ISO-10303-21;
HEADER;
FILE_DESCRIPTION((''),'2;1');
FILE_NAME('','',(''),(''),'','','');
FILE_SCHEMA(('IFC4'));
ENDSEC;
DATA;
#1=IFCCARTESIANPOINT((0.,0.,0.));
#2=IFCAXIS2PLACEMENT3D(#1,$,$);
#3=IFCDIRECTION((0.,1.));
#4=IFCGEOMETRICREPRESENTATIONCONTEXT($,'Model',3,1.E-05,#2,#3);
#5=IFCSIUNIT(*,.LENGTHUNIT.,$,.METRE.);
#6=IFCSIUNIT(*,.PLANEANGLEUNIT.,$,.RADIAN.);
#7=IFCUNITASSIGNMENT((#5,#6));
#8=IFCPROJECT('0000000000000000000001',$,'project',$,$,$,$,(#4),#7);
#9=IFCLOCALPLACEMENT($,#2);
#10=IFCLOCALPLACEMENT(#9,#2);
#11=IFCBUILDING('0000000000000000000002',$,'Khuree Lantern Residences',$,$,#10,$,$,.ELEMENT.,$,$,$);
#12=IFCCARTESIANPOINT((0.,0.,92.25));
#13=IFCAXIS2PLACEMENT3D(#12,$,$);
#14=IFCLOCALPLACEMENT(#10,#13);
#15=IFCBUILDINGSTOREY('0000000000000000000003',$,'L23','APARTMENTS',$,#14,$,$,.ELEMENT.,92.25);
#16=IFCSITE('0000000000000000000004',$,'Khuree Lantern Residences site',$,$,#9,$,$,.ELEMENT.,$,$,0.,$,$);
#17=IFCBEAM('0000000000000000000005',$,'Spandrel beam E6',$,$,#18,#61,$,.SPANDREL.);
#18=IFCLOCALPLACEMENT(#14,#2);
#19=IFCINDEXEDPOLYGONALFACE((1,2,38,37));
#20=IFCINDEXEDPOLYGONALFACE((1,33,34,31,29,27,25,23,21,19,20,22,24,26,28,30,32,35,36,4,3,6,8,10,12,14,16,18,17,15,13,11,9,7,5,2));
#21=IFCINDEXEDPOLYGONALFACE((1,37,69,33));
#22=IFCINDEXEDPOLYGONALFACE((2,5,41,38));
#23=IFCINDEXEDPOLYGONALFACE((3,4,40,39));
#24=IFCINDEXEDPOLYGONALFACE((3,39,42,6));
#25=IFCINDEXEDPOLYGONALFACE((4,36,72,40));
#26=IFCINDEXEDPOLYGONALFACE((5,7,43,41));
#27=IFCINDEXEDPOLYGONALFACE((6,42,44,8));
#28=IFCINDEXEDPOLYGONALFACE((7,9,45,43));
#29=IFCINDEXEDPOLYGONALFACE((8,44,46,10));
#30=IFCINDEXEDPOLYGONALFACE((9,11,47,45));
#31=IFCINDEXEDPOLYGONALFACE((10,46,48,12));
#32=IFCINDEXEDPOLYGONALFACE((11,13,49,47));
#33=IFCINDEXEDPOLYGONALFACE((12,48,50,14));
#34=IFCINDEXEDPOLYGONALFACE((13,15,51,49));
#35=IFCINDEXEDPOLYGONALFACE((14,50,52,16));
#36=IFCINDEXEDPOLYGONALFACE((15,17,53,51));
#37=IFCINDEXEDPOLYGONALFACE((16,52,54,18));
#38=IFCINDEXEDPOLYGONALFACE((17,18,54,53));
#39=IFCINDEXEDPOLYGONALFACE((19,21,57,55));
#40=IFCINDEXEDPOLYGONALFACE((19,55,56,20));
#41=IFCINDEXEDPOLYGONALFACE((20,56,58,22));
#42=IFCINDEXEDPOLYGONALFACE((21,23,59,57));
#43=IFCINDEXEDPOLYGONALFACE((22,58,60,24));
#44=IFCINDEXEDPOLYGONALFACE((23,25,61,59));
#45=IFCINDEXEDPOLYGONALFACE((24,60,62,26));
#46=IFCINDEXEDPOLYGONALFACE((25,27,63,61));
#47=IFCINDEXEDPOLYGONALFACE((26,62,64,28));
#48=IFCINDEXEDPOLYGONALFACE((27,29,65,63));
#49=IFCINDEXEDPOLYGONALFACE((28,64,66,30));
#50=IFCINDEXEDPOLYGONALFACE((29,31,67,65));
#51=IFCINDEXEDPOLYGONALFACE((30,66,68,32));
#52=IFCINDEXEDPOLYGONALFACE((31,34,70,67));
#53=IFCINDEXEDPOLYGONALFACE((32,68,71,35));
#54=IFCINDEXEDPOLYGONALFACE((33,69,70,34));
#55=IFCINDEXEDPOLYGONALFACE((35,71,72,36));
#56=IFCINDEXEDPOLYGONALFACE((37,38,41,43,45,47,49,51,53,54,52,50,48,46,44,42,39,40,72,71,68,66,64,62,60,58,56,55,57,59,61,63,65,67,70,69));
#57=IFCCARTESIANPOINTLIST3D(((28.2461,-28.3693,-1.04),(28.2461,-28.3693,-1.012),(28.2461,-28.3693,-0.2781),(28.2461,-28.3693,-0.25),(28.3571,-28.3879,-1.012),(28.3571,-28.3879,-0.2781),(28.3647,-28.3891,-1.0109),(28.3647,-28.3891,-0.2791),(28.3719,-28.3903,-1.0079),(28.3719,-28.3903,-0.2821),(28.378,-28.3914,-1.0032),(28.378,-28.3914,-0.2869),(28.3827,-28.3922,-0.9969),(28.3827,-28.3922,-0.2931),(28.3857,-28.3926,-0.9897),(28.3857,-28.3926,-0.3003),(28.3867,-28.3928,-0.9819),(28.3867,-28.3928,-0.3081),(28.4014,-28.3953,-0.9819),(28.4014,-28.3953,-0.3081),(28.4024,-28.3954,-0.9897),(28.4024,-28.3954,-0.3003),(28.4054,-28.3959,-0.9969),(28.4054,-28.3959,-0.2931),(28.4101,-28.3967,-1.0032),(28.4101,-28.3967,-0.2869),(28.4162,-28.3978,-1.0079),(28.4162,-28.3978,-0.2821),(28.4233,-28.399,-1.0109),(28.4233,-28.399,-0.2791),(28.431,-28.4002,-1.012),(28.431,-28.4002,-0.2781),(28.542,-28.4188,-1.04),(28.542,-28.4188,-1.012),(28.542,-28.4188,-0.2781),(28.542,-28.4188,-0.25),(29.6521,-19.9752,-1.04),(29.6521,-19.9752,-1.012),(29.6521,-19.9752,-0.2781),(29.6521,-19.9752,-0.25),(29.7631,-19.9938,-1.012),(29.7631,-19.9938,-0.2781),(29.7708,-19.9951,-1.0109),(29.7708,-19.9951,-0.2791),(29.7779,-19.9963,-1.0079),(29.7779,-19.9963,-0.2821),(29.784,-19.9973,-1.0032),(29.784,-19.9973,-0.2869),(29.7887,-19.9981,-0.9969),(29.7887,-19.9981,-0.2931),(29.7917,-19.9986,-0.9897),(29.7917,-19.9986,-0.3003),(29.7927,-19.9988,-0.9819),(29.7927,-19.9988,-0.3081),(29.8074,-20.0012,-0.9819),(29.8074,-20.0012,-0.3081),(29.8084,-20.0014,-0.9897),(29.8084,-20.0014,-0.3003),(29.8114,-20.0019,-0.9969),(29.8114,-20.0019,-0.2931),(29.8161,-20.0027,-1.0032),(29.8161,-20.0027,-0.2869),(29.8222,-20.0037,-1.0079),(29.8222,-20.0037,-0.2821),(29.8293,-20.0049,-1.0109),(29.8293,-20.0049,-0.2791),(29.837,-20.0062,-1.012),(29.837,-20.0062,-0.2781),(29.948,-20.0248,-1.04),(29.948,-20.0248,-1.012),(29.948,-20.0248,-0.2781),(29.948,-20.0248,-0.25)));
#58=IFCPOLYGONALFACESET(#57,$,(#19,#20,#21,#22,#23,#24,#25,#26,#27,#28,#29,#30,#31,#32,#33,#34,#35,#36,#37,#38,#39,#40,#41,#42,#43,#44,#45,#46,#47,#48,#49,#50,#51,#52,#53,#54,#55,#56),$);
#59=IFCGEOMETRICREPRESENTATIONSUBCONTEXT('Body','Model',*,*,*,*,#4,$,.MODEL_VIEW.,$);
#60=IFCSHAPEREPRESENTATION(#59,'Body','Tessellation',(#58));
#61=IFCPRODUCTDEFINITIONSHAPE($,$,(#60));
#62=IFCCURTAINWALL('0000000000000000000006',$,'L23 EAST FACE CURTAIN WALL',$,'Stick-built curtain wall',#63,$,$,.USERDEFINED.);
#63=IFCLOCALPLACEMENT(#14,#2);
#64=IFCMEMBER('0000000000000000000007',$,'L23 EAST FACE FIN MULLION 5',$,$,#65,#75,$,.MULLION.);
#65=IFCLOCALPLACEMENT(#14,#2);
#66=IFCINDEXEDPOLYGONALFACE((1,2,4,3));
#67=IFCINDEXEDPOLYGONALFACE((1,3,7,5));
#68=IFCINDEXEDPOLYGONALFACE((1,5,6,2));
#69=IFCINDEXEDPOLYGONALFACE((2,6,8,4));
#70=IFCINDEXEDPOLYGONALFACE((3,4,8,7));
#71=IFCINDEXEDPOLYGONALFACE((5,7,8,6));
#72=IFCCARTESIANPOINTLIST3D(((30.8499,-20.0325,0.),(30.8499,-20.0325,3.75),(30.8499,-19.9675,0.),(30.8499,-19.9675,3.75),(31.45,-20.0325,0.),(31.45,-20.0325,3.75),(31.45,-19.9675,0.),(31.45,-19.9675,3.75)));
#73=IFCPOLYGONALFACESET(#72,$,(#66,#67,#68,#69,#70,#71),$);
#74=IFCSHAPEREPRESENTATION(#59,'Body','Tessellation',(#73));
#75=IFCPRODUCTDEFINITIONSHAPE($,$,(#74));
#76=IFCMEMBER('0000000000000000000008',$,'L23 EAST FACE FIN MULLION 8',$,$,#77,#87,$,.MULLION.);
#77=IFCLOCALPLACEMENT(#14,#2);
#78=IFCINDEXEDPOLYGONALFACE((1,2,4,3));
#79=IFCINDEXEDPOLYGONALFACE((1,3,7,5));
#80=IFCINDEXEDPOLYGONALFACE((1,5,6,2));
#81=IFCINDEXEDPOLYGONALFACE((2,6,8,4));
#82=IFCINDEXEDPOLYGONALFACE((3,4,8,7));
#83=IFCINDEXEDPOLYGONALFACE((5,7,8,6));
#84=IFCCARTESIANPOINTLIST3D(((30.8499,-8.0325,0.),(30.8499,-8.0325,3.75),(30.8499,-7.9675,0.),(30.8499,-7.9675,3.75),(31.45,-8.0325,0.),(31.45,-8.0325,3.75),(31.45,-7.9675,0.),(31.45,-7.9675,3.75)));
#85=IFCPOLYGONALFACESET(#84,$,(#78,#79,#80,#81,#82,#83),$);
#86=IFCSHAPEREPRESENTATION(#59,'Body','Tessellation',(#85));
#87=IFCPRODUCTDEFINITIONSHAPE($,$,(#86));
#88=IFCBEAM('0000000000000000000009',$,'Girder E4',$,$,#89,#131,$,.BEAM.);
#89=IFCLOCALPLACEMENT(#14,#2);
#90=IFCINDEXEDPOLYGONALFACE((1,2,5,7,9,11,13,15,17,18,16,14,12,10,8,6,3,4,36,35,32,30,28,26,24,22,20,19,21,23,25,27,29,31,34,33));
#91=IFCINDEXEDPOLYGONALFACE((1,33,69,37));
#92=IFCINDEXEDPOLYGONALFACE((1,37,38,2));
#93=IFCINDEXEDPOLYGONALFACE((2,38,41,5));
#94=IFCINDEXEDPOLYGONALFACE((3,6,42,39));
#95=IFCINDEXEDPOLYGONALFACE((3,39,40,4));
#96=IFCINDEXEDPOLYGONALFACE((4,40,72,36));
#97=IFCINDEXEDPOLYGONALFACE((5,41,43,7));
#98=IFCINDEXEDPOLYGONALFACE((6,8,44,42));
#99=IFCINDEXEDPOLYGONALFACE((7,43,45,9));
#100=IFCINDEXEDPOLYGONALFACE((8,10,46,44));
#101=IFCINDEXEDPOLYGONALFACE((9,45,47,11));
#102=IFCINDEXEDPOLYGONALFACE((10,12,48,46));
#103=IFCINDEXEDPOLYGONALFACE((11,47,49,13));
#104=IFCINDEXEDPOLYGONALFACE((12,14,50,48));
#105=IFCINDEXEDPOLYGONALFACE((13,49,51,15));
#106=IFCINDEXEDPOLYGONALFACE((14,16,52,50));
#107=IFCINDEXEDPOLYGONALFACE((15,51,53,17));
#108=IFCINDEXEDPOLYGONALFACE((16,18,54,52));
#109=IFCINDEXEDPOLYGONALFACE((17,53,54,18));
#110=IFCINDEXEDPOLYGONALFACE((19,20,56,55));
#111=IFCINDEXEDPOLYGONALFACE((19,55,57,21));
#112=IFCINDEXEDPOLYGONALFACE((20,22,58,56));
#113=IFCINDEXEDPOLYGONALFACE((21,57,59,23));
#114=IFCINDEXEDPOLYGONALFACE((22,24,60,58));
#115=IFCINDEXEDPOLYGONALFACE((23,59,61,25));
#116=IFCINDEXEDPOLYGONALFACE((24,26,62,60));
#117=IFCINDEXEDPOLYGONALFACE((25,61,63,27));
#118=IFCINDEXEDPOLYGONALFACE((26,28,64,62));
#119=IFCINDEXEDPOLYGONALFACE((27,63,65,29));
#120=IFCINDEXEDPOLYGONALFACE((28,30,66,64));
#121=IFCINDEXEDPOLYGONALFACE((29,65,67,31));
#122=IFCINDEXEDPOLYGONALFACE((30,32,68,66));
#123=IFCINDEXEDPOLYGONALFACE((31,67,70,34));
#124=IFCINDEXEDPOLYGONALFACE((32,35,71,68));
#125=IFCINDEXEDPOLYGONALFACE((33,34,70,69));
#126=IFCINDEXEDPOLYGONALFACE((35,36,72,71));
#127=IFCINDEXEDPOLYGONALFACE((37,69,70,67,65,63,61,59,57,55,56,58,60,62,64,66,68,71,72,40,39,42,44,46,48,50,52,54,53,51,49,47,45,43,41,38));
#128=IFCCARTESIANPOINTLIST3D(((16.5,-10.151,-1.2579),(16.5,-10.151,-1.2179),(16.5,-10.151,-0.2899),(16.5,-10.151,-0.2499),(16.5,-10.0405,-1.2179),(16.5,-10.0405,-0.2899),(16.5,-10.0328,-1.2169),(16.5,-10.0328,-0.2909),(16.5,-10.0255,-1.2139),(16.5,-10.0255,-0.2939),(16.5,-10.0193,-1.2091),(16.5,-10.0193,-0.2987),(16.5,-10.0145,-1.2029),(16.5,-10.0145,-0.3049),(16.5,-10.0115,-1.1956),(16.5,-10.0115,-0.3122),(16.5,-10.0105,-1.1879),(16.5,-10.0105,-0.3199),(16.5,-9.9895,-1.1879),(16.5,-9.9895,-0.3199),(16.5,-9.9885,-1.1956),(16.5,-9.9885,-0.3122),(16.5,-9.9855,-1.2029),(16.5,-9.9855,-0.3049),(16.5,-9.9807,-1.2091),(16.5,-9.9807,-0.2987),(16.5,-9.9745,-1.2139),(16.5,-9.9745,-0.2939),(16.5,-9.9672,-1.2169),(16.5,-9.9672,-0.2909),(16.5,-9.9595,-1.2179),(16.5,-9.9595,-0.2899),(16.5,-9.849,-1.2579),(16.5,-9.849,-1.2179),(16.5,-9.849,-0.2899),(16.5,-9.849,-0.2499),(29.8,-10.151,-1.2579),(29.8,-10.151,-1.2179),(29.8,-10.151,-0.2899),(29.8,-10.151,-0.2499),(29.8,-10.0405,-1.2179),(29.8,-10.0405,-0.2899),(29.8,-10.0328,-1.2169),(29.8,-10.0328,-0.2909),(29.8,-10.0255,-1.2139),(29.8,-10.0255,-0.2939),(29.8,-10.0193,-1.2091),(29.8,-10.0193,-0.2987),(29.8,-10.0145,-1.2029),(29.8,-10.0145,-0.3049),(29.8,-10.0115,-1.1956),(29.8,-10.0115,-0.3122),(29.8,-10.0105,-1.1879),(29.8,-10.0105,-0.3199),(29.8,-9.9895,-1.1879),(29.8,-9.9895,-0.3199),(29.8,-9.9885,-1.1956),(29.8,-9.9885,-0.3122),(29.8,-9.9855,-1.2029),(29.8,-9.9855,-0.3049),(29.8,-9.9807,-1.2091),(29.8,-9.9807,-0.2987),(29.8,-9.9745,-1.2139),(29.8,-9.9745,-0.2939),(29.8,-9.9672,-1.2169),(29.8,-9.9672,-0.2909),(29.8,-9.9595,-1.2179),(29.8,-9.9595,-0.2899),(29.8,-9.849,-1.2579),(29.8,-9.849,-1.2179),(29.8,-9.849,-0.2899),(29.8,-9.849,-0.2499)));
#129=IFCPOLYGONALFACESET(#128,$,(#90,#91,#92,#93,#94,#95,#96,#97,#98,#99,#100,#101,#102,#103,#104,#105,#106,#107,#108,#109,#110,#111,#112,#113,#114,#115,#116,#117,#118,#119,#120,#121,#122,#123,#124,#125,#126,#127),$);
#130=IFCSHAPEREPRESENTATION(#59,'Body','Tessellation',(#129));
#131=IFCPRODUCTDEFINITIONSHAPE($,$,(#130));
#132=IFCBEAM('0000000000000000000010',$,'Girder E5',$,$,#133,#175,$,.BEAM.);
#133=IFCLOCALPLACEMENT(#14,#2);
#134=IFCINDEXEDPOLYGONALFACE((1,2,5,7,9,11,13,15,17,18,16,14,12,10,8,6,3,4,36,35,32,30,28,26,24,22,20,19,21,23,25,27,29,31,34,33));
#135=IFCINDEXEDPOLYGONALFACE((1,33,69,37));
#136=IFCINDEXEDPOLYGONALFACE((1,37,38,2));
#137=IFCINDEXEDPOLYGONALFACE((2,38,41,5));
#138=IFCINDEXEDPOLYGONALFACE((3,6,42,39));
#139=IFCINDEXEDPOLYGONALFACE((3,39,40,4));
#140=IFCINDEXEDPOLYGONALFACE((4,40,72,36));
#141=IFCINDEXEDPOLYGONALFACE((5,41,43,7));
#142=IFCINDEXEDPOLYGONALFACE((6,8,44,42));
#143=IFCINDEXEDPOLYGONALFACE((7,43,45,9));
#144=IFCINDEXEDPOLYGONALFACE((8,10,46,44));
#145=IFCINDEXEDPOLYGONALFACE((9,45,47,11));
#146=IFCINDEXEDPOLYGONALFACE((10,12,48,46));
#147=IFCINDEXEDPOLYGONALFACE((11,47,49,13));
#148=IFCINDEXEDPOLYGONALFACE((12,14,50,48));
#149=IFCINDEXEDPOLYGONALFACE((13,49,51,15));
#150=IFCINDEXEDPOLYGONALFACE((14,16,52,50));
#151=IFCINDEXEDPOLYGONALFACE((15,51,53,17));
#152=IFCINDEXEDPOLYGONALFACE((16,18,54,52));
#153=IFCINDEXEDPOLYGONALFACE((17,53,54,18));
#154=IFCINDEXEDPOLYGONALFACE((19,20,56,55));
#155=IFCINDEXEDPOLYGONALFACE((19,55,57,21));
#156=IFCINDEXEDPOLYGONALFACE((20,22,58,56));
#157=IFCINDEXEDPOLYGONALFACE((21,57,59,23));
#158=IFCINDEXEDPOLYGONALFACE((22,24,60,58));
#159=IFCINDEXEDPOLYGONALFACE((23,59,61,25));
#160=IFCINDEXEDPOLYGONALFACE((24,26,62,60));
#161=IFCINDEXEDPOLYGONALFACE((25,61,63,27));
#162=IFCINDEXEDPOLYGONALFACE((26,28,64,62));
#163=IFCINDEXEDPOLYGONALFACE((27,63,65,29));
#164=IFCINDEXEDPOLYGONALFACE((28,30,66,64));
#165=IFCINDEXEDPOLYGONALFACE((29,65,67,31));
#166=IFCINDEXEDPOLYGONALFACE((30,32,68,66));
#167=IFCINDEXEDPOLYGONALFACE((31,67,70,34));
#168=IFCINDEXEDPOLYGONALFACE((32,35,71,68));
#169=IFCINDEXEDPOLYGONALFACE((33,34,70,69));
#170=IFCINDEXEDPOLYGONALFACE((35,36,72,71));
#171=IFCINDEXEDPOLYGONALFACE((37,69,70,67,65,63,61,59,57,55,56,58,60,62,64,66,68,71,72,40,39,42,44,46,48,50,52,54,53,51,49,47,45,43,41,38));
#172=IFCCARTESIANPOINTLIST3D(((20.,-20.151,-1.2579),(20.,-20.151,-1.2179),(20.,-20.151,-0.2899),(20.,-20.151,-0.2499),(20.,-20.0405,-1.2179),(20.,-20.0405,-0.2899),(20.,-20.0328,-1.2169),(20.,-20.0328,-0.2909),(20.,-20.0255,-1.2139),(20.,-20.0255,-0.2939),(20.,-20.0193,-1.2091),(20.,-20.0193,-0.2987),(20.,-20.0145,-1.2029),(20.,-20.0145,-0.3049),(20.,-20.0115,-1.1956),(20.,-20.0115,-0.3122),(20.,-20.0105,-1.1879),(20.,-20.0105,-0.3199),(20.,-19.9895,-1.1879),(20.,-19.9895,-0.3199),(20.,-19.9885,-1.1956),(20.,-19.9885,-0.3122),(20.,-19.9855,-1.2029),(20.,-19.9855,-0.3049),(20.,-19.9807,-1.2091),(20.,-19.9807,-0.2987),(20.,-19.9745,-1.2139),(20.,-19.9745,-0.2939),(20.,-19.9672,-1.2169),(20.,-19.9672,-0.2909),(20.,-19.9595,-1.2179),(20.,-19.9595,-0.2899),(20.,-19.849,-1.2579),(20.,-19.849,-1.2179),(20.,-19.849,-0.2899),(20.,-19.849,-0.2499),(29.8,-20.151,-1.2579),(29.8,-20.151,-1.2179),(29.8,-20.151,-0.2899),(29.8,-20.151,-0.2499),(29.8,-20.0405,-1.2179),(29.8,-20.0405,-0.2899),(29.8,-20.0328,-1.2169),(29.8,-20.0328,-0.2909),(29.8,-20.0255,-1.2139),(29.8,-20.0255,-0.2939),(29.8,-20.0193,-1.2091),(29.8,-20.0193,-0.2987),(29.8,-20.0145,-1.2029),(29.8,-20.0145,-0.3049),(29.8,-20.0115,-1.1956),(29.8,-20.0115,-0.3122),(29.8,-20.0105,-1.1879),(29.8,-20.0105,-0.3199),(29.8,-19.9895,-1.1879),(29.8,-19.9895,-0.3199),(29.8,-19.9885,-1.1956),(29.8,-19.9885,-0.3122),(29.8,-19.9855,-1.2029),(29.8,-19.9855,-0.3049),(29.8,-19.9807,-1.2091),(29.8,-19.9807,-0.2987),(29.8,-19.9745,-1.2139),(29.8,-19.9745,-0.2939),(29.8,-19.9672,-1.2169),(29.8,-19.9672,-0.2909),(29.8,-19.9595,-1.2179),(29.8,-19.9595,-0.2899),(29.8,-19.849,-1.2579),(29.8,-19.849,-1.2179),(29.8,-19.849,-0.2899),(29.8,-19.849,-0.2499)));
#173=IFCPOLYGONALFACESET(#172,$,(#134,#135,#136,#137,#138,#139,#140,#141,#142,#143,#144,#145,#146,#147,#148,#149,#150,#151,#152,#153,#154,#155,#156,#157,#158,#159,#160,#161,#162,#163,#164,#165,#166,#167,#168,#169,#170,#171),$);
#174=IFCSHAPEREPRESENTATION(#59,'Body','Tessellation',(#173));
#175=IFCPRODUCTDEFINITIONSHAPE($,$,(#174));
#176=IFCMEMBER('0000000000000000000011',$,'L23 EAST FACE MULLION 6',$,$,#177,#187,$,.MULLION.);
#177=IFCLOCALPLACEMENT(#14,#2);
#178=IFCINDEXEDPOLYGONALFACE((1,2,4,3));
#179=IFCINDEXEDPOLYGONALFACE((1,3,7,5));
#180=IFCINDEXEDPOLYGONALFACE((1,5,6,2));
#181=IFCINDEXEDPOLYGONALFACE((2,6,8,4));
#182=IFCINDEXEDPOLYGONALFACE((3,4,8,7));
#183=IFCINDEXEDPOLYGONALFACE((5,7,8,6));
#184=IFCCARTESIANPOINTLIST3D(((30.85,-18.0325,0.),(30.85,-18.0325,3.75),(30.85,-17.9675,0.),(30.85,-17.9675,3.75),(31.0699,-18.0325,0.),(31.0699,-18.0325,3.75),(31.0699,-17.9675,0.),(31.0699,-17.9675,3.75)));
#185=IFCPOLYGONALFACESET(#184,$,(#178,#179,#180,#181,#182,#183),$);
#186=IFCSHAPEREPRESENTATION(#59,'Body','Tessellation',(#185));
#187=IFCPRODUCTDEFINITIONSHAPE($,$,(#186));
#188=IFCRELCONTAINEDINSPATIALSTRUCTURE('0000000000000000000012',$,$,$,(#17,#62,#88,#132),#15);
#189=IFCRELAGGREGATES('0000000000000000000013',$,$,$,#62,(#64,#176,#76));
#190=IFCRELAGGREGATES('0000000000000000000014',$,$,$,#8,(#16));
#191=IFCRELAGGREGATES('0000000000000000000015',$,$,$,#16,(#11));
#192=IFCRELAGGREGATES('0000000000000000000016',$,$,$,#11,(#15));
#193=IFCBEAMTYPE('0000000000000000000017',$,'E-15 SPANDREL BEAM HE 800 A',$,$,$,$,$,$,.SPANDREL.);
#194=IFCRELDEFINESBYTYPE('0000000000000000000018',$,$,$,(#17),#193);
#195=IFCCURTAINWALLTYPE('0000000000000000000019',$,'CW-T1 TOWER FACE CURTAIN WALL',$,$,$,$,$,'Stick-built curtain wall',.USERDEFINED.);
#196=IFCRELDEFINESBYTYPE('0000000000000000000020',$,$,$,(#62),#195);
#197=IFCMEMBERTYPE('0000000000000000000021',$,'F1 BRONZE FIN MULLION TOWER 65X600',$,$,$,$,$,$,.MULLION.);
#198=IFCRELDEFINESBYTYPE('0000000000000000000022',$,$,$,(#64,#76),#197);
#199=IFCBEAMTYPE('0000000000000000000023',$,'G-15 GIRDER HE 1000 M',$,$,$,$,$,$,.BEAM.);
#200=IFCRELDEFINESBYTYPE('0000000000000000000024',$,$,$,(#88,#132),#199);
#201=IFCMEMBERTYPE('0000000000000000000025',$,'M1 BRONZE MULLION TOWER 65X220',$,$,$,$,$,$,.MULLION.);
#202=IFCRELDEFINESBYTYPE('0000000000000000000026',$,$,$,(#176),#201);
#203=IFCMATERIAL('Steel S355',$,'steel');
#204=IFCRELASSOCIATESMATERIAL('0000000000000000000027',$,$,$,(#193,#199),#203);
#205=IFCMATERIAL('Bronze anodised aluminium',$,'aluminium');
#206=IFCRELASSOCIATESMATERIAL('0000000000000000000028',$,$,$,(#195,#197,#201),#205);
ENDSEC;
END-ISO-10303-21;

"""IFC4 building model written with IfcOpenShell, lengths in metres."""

from ifc_helpers import new_model, si_unit, direction, frame, origin, origin_2d, place, context, subcontext, project, spatial, rectangle, i_section, extrude, material, material_profile, profile_set, type_object, element, aggregate, save


model = new_model("IFC4")

# Units and contexts
model_context = context("Model", 3, precision=1e-05, world=origin(), true_north=direction((0.0, 1.0)))
body_context = subcontext(model_context, "Body", "Model", "MODEL_VIEW")
ifc_project = project(units=[si_unit("LENGTHUNIT", "METRE"), si_unit("PLANEANGLEUNIT", "RADIAN")], contexts=[model_context])

# Site, building, storey
site_placement = place(None, origin())
site = spatial("IfcSite", under=ifc_project, at=site_placement, Name="Khuree Lantern Residences site", CompositionType="ELEMENT", RefElevation=0.0)
building_placement = place(site_placement, origin())
building = spatial("IfcBuilding", under=site, at=building_placement, Name="Khuree Lantern Residences", CompositionType="ELEMENT")
storey_placement = place(building_placement, frame((0.0, 0.0, 92.25)))
storey = spatial("IfcBuildingStorey", under=building, at=storey_placement, Name="L23", Description="APARTMENTS", CompositionType="ELEMENT", Elevation=92.25)

# Beam
ifc_material_1 = material(Name="Steel S355", Category="steel")
ifc_material_profile_1 = material_profile(ifc_material_1, i_section(OverallWidth=0.3, OverallDepth=0.79, WebThickness=0.0149, FlangeThickness=0.0281, FilletRadius=0.03, at=origin_2d()), Name="HE 800 A")
ifc_profile_set_1 = profile_set([ifc_material_profile_1], Name="Steel S355")
beam_type_1 = type_object("IfcBeamType", Name="E-15 SPANDREL BEAM HE 800 A", PredefinedType="SPANDREL", material=ifc_profile_set_1)
beam_1_placement = place(storey_placement, frame((29.8, -20.0, -0.645), z_axis=(-0.165199, -0.98626, 0.0), x_axis=(0.98626, -0.165199, 0.0)))
element("IfcBeam", 1, at=beam_1_placement, inside=storey, type_object=beam_type_1, Name="Spandrel beam E6", PredefinedType="SPANDREL", context=body_context, shape_type="SweptSolid", body=[
    extrude(i_section(OverallWidth=0.3, OverallDepth=0.79, WebThickness=0.0149, FlangeThickness=0.0281, FilletRadius=0.03, at=origin_2d()), origin(), (0.0, 0.0, 1.0), 8.511),
])

# Curtain wall, members
ifc_material_2 = material(Name="Bronze anodised aluminium", Category="aluminium")
curtain_wall_type = type_object("IfcCurtainWallType", Name="CW-T1 TOWER FACE CURTAIN WALL", ElementType="Stick-built curtain wall", PredefinedType="USERDEFINED", material=ifc_material_2)
curtain_wall_placement = place(storey_placement, origin())
curtain_wall = element("IfcCurtainWall", 2, at=curtain_wall_placement, inside=storey, type_object=curtain_wall_type, Name="L23 EAST FACE CURTAIN WALL", ObjectType="Stick-built curtain wall", PredefinedType="USERDEFINED")
ifc_material_profile_2 = material_profile(ifc_material_2, rectangle(XDim=0.0649, YDim=0.6001, at=origin_2d()), Name="F1 65X600")
ifc_profile_set_2 = profile_set([ifc_material_profile_2], Name="Bronze anodised aluminium")
member_type_1 = type_object("IfcMemberType", Name="F1 BRONZE FIN MULLION TOWER 65X600", PredefinedType="MULLION", material=ifc_profile_set_2)
member_1_placement = place(storey_placement, frame((31.1499, -20.0, 0.0), z_axis=(0.0, 0.0, 1.0), x_axis=(0.0, 1.0, 0.0)))
member_1 = element("IfcMember", 3, at=member_1_placement, type_object=member_type_1, Name="L23 EAST FACE FIN MULLION 5", PredefinedType="MULLION", context=body_context, shape_type="SweptSolid", body=[
    extrude(rectangle(XDim=0.0649, YDim=0.6001, at=origin_2d()), origin(), (0.0, 0.0, 1.0), 3.75),
])
member_2_placement = place(storey_placement, frame((31.1499, -8.0, 0.0), z_axis=(0.0, 0.0, 1.0), x_axis=(0.0, 1.0, 0.0)))
member_2 = element("IfcMember", 4, at=member_2_placement, type_object=member_type_1, Name="L23 EAST FACE FIN MULLION 8", PredefinedType="MULLION", context=body_context, shape_type="SweptSolid", body=[
    extrude(rectangle(XDim=0.0649, YDim=0.6001, at=origin_2d()), origin(), (0.0, 0.0, 1.0), 3.75),
])

# Beams
ifc_material_profile_3 = material_profile(ifc_material_1, i_section(OverallWidth=0.302, OverallDepth=1.0081, WebThickness=0.021, FlangeThickness=0.04, FilletRadius=0.03, at=origin_2d()), Name="HE 1000 M")
ifc_profile_set_3 = profile_set([ifc_material_profile_3], Name="Steel S355")
beam_type_2 = type_object("IfcBeamType", Name="G-15 GIRDER HE 1000 M", PredefinedType="BEAM", material=ifc_profile_set_3)
beam_2_placement = place(storey_placement, frame((29.8, -10.0, -0.7539), z_axis=(-1.0, 0.0, 0.0), x_axis=(0.0, -1.0, 0.0)))
element("IfcBeam", 5, at=beam_2_placement, inside=storey, type_object=beam_type_2, Name="Girder E4", PredefinedType="BEAM", context=body_context, shape_type="SweptSolid", body=[
    extrude(i_section(OverallWidth=0.302, OverallDepth=1.0081, WebThickness=0.021, FlangeThickness=0.04, FilletRadius=0.03, at=origin_2d()), origin(), (0.0, 0.0, 1.0), 13.3),
])
beam_3_placement = place(storey_placement, frame((29.8, -20.0, -0.7539), z_axis=(-1.0, 0.0, 0.0), x_axis=(0.0, -1.0, 0.0)))
element("IfcBeam", 6, at=beam_3_placement, inside=storey, type_object=beam_type_2, Name="Girder E5", PredefinedType="BEAM", context=body_context, shape_type="SweptSolid", body=[
    extrude(i_section(OverallWidth=0.302, OverallDepth=1.0081, WebThickness=0.021, FlangeThickness=0.04, FilletRadius=0.03, at=origin_2d()), origin(), (0.0, 0.0, 1.0), 9.8),
])

# Member
ifc_material_profile_4 = material_profile(ifc_material_2, rectangle(XDim=0.0649, YDim=0.22, at=origin_2d()), Name="M1 65X220")
ifc_profile_set_4 = profile_set([ifc_material_profile_4], Name="Bronze anodised aluminium")
member_type_2 = type_object("IfcMemberType", Name="M1 BRONZE MULLION TOWER 65X220", PredefinedType="MULLION", material=ifc_profile_set_4)
member_3_placement = place(storey_placement, frame((30.96, -18.0, 0.0), z_axis=(0.0, 0.0, 1.0), x_axis=(0.0, 1.0, 0.0)))
member_3 = element("IfcMember", 7, at=member_3_placement, type_object=member_type_2, Name="L23 EAST FACE MULLION 6", PredefinedType="MULLION", context=body_context, shape_type="SweptSolid", body=[
    extrude(rectangle(XDim=0.0649, YDim=0.22, at=origin_2d()), origin(), (0.0, 0.0, 1.0), 3.75),
])

aggregate(curtain_wall, [member_1, member_3, member_2])

save(model, "model.ifc")
